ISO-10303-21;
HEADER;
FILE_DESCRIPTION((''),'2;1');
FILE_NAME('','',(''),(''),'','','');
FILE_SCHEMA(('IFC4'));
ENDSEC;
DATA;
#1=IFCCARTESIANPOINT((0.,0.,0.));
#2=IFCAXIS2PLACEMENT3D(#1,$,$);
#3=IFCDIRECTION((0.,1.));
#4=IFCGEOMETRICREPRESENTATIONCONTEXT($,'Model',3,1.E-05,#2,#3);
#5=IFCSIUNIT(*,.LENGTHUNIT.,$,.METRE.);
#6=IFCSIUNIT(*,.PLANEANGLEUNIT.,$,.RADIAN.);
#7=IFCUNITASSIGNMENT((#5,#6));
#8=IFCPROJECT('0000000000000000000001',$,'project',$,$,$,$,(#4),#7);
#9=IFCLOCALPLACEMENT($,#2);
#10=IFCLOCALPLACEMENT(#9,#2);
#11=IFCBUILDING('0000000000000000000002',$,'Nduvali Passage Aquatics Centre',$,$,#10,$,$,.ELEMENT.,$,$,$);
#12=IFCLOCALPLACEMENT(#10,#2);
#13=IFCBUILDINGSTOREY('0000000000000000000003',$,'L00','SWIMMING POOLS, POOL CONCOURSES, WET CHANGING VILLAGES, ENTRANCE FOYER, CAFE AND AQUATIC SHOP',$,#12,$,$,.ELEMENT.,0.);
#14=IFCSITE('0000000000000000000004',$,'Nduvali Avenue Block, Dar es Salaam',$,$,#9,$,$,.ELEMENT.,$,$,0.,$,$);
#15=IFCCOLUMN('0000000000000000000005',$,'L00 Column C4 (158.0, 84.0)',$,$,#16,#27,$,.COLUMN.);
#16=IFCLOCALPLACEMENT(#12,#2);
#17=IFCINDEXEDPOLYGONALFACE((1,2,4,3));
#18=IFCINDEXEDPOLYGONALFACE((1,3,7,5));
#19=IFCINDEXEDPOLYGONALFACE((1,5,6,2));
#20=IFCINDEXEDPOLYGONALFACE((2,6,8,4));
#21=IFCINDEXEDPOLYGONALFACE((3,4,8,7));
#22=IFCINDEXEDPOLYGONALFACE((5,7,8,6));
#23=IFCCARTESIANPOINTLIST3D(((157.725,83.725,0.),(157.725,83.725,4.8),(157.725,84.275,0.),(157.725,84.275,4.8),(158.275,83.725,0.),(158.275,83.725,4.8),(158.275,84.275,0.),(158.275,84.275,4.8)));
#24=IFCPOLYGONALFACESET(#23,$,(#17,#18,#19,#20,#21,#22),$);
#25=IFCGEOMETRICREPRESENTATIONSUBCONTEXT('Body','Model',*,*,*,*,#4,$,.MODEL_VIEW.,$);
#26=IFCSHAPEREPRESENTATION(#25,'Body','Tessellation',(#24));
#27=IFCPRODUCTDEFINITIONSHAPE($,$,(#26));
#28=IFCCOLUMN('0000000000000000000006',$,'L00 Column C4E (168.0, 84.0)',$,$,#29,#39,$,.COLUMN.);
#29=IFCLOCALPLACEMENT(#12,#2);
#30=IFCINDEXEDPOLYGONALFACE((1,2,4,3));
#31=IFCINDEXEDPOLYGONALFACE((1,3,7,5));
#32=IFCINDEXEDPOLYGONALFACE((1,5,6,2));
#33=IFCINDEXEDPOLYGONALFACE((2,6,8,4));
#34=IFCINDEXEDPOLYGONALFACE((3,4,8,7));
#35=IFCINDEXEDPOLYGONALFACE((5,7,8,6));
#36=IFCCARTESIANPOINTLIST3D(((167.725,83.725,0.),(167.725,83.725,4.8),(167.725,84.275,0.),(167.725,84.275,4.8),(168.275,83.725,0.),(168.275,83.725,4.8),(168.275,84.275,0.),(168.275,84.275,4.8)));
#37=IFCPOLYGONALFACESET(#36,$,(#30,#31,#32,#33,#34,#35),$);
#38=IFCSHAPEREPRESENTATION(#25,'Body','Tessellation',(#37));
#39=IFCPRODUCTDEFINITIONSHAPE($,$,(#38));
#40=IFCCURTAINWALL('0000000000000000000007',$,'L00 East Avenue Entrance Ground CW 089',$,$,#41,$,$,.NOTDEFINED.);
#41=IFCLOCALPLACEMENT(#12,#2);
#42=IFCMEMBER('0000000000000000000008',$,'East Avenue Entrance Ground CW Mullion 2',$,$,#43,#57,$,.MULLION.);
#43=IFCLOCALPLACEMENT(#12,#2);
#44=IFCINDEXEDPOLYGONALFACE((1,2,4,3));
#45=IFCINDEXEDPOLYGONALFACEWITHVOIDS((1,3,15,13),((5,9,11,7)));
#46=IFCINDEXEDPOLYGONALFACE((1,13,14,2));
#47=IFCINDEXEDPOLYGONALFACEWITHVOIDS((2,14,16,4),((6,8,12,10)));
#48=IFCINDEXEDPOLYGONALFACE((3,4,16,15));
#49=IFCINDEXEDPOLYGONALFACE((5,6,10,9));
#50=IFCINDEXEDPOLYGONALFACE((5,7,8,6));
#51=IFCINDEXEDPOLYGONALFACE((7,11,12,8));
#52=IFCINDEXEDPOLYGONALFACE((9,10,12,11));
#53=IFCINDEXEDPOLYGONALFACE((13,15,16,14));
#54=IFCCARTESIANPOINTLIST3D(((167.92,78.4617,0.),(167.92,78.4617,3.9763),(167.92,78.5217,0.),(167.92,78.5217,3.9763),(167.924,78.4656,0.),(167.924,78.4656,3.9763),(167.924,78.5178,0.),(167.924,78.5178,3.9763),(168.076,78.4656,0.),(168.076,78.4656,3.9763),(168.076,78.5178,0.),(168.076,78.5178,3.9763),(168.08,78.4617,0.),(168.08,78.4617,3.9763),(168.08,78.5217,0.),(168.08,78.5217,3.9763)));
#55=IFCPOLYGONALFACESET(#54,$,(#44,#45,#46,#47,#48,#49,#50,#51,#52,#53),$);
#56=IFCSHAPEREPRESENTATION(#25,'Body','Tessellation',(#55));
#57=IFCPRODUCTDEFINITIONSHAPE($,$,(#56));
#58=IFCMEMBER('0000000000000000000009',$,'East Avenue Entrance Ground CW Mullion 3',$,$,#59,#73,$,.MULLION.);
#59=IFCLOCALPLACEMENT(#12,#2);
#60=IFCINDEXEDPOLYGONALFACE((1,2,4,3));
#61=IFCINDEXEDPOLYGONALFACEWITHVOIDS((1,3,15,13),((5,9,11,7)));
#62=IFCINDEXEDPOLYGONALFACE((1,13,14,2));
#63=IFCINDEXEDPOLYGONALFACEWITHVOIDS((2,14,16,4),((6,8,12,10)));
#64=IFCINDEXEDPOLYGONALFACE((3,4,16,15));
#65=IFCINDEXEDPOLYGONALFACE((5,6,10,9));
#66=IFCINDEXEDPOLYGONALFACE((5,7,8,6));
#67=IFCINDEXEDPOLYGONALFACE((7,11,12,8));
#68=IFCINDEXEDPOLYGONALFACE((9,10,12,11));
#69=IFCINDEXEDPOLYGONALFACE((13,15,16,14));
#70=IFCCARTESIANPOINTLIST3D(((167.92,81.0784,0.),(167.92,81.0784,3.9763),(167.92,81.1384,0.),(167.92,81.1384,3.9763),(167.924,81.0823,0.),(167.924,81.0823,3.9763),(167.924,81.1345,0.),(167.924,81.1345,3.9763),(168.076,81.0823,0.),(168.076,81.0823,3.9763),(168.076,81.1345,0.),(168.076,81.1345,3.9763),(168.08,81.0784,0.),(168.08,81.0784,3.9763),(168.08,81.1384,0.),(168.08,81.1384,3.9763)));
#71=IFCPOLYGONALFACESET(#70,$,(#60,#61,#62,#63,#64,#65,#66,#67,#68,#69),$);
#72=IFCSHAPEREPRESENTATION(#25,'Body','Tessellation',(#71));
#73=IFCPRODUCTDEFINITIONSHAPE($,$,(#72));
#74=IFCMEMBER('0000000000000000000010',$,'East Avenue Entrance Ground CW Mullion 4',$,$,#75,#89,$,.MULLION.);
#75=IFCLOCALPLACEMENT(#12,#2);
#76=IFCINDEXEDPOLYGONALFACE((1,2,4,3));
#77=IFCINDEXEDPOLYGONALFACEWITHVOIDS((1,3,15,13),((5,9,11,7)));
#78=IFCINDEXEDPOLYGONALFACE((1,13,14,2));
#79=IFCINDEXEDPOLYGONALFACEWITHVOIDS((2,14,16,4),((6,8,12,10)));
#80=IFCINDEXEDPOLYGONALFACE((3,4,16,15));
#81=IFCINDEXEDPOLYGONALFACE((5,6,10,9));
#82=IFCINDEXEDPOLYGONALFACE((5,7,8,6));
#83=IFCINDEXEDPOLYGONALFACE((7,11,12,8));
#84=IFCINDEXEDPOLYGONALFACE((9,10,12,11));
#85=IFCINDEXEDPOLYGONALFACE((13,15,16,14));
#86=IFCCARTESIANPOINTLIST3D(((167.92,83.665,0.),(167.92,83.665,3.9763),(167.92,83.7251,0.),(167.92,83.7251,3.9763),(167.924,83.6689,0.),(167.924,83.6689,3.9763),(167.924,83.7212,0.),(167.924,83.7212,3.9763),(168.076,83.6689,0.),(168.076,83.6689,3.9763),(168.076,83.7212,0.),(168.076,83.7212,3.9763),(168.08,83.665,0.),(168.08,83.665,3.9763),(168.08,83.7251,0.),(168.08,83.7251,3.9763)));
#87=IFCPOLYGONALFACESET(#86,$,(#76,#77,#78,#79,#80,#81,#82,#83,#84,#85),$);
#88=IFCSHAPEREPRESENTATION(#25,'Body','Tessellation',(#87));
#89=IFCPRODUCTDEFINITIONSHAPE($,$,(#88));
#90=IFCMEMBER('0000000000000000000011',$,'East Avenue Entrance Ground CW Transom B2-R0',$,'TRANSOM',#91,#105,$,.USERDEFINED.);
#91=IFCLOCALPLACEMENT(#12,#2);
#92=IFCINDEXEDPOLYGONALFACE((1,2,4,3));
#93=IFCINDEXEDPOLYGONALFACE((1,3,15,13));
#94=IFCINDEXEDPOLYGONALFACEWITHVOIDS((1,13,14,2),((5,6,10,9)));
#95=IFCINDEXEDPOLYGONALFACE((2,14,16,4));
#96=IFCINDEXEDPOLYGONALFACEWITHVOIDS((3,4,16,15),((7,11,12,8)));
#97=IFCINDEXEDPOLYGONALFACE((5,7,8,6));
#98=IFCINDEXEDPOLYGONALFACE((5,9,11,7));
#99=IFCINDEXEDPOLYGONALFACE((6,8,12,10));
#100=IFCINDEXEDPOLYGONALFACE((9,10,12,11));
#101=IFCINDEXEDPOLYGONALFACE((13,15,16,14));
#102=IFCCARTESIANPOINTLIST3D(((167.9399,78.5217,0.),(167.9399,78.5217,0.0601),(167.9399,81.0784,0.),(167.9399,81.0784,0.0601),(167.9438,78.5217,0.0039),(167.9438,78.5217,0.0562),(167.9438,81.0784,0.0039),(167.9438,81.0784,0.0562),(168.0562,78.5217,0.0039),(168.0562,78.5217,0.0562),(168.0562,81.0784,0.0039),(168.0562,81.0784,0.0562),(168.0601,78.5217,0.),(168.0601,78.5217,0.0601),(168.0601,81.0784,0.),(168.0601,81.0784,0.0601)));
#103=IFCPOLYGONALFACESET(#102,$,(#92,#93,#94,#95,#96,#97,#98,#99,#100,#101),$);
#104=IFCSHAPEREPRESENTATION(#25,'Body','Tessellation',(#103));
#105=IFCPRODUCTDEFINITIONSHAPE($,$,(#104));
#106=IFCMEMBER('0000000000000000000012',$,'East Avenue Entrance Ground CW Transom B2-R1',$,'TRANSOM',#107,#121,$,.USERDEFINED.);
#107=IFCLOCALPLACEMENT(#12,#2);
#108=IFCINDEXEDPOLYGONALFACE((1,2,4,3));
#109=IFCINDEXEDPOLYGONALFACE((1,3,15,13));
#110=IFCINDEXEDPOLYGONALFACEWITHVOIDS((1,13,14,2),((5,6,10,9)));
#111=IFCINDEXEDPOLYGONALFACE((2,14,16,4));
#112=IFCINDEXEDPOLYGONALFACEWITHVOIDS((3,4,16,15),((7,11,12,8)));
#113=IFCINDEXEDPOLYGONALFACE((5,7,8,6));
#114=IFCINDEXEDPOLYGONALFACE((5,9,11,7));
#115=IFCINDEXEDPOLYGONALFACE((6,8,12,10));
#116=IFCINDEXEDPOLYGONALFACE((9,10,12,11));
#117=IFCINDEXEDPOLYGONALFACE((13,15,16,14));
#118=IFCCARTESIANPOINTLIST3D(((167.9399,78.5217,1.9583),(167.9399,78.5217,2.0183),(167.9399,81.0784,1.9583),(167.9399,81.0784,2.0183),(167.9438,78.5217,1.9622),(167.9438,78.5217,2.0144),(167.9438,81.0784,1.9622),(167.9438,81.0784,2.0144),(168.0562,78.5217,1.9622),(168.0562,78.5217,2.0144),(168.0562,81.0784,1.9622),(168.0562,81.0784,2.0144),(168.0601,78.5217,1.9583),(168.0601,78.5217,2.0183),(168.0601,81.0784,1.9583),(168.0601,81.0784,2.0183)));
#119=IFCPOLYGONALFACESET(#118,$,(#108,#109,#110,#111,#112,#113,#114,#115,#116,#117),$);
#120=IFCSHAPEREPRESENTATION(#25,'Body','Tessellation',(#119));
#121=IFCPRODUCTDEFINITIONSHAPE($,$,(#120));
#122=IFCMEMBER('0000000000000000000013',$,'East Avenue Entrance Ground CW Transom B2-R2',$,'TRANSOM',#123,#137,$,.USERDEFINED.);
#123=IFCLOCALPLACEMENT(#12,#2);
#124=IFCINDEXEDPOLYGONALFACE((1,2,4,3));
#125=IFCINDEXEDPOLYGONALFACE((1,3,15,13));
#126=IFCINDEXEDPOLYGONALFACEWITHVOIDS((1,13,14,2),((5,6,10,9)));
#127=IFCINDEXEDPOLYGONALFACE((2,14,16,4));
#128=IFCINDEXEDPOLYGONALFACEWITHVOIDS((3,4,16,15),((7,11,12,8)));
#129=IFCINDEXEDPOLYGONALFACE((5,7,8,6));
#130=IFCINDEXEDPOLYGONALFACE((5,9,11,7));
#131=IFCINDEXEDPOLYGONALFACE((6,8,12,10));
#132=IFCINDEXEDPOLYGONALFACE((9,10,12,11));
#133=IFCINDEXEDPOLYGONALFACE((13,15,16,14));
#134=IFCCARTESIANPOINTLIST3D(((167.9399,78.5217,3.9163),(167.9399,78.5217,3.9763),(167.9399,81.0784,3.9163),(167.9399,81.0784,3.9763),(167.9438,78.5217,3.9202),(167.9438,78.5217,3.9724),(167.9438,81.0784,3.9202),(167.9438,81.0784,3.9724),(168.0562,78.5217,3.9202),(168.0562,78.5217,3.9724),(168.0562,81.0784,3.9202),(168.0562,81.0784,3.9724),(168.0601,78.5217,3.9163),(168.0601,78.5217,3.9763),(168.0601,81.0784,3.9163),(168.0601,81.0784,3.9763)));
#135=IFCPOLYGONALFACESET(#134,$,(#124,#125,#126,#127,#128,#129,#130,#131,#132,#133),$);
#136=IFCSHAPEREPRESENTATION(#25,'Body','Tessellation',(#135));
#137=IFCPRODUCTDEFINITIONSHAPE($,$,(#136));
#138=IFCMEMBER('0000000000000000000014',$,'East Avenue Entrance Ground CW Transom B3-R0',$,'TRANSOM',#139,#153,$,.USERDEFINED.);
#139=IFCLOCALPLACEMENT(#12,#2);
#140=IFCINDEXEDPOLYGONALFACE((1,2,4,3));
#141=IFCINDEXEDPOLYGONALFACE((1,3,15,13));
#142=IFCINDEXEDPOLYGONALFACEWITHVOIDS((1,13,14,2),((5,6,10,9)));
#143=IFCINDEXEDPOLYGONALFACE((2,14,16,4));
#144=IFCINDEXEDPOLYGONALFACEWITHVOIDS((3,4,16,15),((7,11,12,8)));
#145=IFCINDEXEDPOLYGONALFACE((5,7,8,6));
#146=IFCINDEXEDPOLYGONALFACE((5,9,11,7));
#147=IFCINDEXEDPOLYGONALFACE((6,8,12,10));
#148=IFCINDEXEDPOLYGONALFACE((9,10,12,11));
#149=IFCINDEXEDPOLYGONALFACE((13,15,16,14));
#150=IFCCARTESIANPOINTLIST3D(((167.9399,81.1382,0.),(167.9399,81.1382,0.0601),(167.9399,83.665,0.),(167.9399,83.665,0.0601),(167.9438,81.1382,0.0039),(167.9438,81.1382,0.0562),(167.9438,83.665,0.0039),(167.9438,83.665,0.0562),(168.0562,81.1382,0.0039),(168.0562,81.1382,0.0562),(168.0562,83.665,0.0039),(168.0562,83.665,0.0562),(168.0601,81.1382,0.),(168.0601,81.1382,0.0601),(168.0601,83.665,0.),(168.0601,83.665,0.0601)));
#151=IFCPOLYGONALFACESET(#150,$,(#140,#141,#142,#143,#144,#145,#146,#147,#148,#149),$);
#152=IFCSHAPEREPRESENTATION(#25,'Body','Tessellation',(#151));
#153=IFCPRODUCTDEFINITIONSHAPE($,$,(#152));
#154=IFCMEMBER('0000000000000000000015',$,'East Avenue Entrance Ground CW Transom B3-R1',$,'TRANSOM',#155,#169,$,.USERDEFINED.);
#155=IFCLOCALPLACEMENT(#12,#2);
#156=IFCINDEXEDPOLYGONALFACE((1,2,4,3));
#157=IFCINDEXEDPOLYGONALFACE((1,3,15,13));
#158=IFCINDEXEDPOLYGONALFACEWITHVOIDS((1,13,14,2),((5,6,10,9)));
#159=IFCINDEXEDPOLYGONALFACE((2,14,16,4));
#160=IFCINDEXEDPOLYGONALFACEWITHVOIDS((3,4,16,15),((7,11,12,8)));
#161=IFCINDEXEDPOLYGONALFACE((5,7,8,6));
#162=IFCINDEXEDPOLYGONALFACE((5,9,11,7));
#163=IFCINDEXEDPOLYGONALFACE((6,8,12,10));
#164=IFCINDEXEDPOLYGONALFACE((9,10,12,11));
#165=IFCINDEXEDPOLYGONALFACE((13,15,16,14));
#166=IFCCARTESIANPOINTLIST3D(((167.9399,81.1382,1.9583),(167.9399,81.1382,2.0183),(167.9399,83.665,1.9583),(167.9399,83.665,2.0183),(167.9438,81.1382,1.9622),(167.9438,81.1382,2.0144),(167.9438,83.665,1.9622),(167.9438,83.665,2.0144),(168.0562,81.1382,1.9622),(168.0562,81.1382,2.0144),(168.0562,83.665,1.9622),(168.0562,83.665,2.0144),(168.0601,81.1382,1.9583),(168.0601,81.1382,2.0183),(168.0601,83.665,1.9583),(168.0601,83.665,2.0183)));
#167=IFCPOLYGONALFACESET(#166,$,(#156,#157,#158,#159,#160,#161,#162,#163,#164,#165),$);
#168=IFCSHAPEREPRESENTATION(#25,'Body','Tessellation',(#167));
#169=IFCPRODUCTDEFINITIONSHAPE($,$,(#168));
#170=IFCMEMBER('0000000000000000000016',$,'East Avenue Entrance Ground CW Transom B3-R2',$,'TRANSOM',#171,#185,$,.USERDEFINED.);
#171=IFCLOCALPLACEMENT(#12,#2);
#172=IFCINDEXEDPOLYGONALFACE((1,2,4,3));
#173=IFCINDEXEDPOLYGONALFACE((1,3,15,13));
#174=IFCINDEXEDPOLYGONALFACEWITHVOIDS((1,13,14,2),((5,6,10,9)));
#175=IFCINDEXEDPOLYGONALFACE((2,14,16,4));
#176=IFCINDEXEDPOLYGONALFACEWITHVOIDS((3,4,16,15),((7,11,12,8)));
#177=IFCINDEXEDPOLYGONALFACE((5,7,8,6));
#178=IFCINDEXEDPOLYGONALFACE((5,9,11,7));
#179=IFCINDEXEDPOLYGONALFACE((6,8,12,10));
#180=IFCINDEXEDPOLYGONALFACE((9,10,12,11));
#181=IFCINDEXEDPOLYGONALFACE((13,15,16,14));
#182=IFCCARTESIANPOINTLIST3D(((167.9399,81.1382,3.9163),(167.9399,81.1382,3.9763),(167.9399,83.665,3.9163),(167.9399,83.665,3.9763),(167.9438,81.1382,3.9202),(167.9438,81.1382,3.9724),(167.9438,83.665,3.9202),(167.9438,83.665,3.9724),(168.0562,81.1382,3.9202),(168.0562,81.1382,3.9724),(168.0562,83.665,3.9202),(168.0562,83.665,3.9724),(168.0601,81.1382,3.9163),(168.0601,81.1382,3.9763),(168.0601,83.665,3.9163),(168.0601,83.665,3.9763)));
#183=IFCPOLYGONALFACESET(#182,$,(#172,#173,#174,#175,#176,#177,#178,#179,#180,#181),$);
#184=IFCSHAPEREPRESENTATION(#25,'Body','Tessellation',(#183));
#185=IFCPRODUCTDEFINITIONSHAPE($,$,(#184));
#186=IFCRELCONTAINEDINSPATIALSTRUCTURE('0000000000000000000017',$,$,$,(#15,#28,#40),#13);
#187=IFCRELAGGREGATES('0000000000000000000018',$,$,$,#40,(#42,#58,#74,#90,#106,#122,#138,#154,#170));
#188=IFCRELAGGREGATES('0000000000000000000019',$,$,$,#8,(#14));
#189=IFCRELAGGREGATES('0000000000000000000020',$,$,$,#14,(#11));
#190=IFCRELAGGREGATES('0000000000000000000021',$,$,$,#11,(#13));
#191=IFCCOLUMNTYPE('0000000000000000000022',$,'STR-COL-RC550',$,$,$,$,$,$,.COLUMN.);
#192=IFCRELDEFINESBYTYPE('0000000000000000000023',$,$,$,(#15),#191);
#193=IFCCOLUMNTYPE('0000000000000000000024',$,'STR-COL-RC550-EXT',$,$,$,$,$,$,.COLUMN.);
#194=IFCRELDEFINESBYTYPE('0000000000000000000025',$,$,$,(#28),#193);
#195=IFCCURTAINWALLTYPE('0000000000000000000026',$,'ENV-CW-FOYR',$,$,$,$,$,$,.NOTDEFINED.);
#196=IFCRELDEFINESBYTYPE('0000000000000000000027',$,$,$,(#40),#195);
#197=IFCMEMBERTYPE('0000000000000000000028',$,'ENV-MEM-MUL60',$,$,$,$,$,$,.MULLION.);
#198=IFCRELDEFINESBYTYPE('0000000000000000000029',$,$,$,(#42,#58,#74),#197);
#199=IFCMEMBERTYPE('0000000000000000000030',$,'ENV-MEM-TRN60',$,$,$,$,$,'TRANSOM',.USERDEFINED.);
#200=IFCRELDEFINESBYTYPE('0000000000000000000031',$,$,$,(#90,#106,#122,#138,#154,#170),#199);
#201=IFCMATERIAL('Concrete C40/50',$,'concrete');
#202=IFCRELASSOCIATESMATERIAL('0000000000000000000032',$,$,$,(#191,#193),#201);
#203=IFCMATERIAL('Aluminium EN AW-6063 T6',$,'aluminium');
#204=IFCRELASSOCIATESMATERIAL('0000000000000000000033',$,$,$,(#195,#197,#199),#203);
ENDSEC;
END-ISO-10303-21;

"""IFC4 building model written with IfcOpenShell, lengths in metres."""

from ifc_helpers import new_model, si_unit, direction, frame, origin, origin_2d, place, context, subcontext, project, spatial, rectangle, hollow_rectangle, extrude, material, material_profile, profile_set, type_object, element, aggregate, save


model = new_model("IFC4")

# Units and contexts
model_context = context("Model", 3, precision=1e-05, world=origin(), true_north=direction((0.0, 1.0)))
body_context = subcontext(model_context, "Body", "Model", "MODEL_VIEW")
ifc_project = project(units=[si_unit("LENGTHUNIT", "METRE"), si_unit("PLANEANGLEUNIT", "RADIAN")], contexts=[model_context])

# Site, building, storey
site_placement = place(None, origin())
site = spatial("IfcSite", under=ifc_project, at=site_placement, Name="Nduvali Avenue Block, Dar es Salaam", CompositionType="ELEMENT", RefElevation=0.0)
building_placement = place(site_placement, origin())
building = spatial("IfcBuilding", under=site, at=building_placement, Name="Nduvali Passage Aquatics Centre", CompositionType="ELEMENT")
storey_placement = place(building_placement, origin())
storey = spatial("IfcBuildingStorey", under=building, at=storey_placement, Name="L00", Description="SWIMMING POOLS, POOL CONCOURSES, WET CHANGING VILLAGES, ENTRANCE FOYER, CAFE AND AQUATIC SHOP", CompositionType="ELEMENT", Elevation=0.0)

# Columns
ifc_material_1 = material(Name="Concrete C40/50", Category="concrete")
ifc_material_profile_1 = material_profile(ifc_material_1, rectangle(XDim=0.55, YDim=0.55, at=origin_2d()), Name="RC 550x550")
ifc_profile_set_1 = profile_set([ifc_material_profile_1], Name="Concrete C40/50")
column_type_1 = type_object("IfcColumnType", Name="STR-COL-RC550", PredefinedType="COLUMN", material=ifc_profile_set_1)
column_1_placement = place(storey_placement, frame((158.0, 84.0, 0.0), z_axis=(0.0, 0.0, 1.0), x_axis=(1.0, 0.0, 0.0)))
element("IfcColumn", 1, at=column_1_placement, inside=storey, type_object=column_type_1, Name="L00 Column C4 (158.0, 84.0)", PredefinedType="COLUMN", context=body_context, shape_type="SweptSolid", body=[
    extrude(rectangle(XDim=0.55, YDim=0.55, at=origin_2d()), origin(), (0.0, 0.0, 1.0), 4.8),
])
ifc_material_profile_2 = material_profile(ifc_material_1, rectangle(XDim=0.55, YDim=0.55, at=origin_2d()), Name="RC 550x550")
ifc_profile_set_2 = profile_set([ifc_material_profile_2], Name="Concrete C40/50")
column_type_2 = type_object("IfcColumnType", Name="STR-COL-RC550-EXT", PredefinedType="COLUMN", material=ifc_profile_set_2)
column_2_placement = place(storey_placement, frame((168.0, 84.0, 0.0), z_axis=(0.0, 0.0, 1.0), x_axis=(1.0, 0.0, 0.0)))
element("IfcColumn", 2, at=column_2_placement, inside=storey, type_object=column_type_2, Name="L00 Column C4E (168.0, 84.0)", PredefinedType="COLUMN", context=body_context, shape_type="SweptSolid", body=[
    extrude(rectangle(XDim=0.55, YDim=0.55, at=origin_2d()), origin(), (0.0, 0.0, 1.0), 4.8),
])

# Curtain wall, members
ifc_material_2 = material(Name="Aluminium EN AW-6063 T6", Category="aluminium")
curtain_wall_type = type_object("IfcCurtainWallType", Name="ENV-CW-FOYR", PredefinedType="NOTDEFINED", material=ifc_material_2)
curtain_wall_placement = place(storey_placement, origin())
curtain_wall = element("IfcCurtainWall", 3, at=curtain_wall_placement, inside=storey, type_object=curtain_wall_type, Name="L00 East Avenue Entrance Ground CW 089", PredefinedType="NOTDEFINED")
ifc_material_profile_3 = material_profile(ifc_material_2, hollow_rectangle(XDim=0.0601, YDim=0.1599, WallThickness=0.0039, at=origin_2d()), Name="ALU MULLION 60x160x4")
ifc_profile_set_3 = profile_set([ifc_material_profile_3], Name="Aluminium EN AW-6063 T6")
member_type_1 = type_object("IfcMemberType", Name="ENV-MEM-MUL60", PredefinedType="MULLION", material=ifc_profile_set_3)
member_1_placement = place(storey_placement, frame((168.0, 78.4917, 0.0), z_axis=(0.0, 0.0, 1.0), x_axis=(0.0, 1.0, 0.0)))
member_1 = element("IfcMember", 4, at=member_1_placement, type_object=member_type_1, Name="East Avenue Entrance Ground CW Mullion 2", PredefinedType="MULLION", context=body_context, shape_type="SweptSolid", body=[
    extrude(hollow_rectangle(XDim=0.0601, YDim=0.1599, WallThickness=0.0039, at=origin_2d()), origin(), (0.0, 0.0, 1.0), 3.9763),
])
member_2_placement = place(storey_placement, frame((168.0, 81.1084, 0.0), z_axis=(0.0, 0.0, 1.0), x_axis=(0.0, 1.0, 0.0)))
member_2 = element("IfcMember", 5, at=member_2_placement, type_object=member_type_1, Name="East Avenue Entrance Ground CW Mullion 3", PredefinedType="MULLION", context=body_context, shape_type="SweptSolid", body=[
    extrude(hollow_rectangle(XDim=0.0601, YDim=0.1599, WallThickness=0.0039, at=origin_2d()), origin(), (0.0, 0.0, 1.0), 3.9763),
])
member_3_placement = place(storey_placement, frame((168.0, 83.6951, 0.0), z_axis=(0.0, 0.0, 1.0), x_axis=(0.0, 1.0, 0.0)))
member_3 = element("IfcMember", 6, at=member_3_placement, type_object=member_type_1, Name="East Avenue Entrance Ground CW Mullion 4", PredefinedType="MULLION", context=body_context, shape_type="SweptSolid", body=[
    extrude(hollow_rectangle(XDim=0.0601, YDim=0.1599, WallThickness=0.0039, at=origin_2d()), origin(), (0.0, 0.0, 1.0), 3.9763),
])
ifc_material_profile_4 = material_profile(ifc_material_2, hollow_rectangle(XDim=0.1201, YDim=0.0601, WallThickness=0.0039, at=origin_2d()), Name="ALU TRANSOM 120x60x4")
ifc_profile_set_4 = profile_set([ifc_material_profile_4], Name="Aluminium EN AW-6063 T6")
member_type_2 = type_object("IfcMemberType", Name="ENV-MEM-TRN60", ElementType="TRANSOM", PredefinedType="USERDEFINED", material=ifc_profile_set_4)
member_4_placement = place(storey_placement, frame((168.0, 78.5217, 0.03), z_axis=(0.0, 1.0, 0.0), x_axis=(-1.0, 0.0, 0.0)))
member_4 = element("IfcMember", 7, at=member_4_placement, type_object=member_type_2, Name="East Avenue Entrance Ground CW Transom B2-R0", ObjectType="TRANSOM", PredefinedType="USERDEFINED", context=body_context, shape_type="SweptSolid", body=[
    extrude(hollow_rectangle(XDim=0.1201, YDim=0.0601, WallThickness=0.0039, at=origin_2d()), origin(), (0.0, 0.0, 1.0), 2.5566),
])
member_5_placement = place(storey_placement, frame((168.0, 78.5217, 1.9883), z_axis=(0.0, 1.0, 0.0), x_axis=(-1.0, 0.0, 0.0)))
member_5 = element("IfcMember", 8, at=member_5_placement, type_object=member_type_2, Name="East Avenue Entrance Ground CW Transom B2-R1", ObjectType="TRANSOM", PredefinedType="USERDEFINED", context=body_context, shape_type="SweptSolid", body=[
    extrude(hollow_rectangle(XDim=0.1201, YDim=0.0601, WallThickness=0.0039, at=origin_2d()), origin(), (0.0, 0.0, 1.0), 2.5566),
])
member_6_placement = place(storey_placement, frame((168.0, 78.5217, 3.9463), z_axis=(0.0, 1.0, 0.0), x_axis=(-1.0, 0.0, 0.0)))
member_6 = element("IfcMember", 9, at=member_6_placement, type_object=member_type_2, Name="East Avenue Entrance Ground CW Transom B2-R2", ObjectType="TRANSOM", PredefinedType="USERDEFINED", context=body_context, shape_type="SweptSolid", body=[
    extrude(hollow_rectangle(XDim=0.1201, YDim=0.0601, WallThickness=0.0039, at=origin_2d()), origin(), (0.0, 0.0, 1.0), 2.5566),
])
member_7_placement = place(storey_placement, frame((168.0, 81.1382, 0.03), z_axis=(0.0, 1.0, 0.0), x_axis=(-1.0, 0.0, 0.0)))
member_7 = element("IfcMember", 10, at=member_7_placement, type_object=member_type_2, Name="East Avenue Entrance Ground CW Transom B3-R0", ObjectType="TRANSOM", PredefinedType="USERDEFINED", context=body_context, shape_type="SweptSolid", body=[
    extrude(hollow_rectangle(XDim=0.1201, YDim=0.0601, WallThickness=0.0039, at=origin_2d()), origin(), (0.0, 0.0, 1.0), 2.5269),
])
member_8_placement = place(storey_placement, frame((168.0, 81.1382, 1.9883), z_axis=(0.0, 1.0, 0.0), x_axis=(-1.0, 0.0, 0.0)))
member_8 = element("IfcMember", 11, at=member_8_placement, type_object=member_type_2, Name="East Avenue Entrance Ground CW Transom B3-R1", ObjectType="TRANSOM", PredefinedType="USERDEFINED", context=body_context, shape_type="SweptSolid", body=[
    extrude(hollow_rectangle(XDim=0.1201, YDim=0.0601, WallThickness=0.0039, at=origin_2d()), origin(), (0.0, 0.0, 1.0), 2.5269),
])
member_9_placement = place(storey_placement, frame((168.0, 81.1382, 3.9463), z_axis=(0.0, 1.0, 0.0), x_axis=(-1.0, 0.0, 0.0)))
member_9 = element("IfcMember", 12, at=member_9_placement, type_object=member_type_2, Name="East Avenue Entrance Ground CW Transom B3-R2", ObjectType="TRANSOM", PredefinedType="USERDEFINED", context=body_context, shape_type="SweptSolid", body=[
    extrude(hollow_rectangle(XDim=0.1201, YDim=0.0601, WallThickness=0.0039, at=origin_2d()), origin(), (0.0, 0.0, 1.0), 2.5269),
])

aggregate(curtain_wall, [member_1, member_2, member_3, member_4, member_5, member_6, member_7, member_8, member_9])

save(model, "model.ifc")
